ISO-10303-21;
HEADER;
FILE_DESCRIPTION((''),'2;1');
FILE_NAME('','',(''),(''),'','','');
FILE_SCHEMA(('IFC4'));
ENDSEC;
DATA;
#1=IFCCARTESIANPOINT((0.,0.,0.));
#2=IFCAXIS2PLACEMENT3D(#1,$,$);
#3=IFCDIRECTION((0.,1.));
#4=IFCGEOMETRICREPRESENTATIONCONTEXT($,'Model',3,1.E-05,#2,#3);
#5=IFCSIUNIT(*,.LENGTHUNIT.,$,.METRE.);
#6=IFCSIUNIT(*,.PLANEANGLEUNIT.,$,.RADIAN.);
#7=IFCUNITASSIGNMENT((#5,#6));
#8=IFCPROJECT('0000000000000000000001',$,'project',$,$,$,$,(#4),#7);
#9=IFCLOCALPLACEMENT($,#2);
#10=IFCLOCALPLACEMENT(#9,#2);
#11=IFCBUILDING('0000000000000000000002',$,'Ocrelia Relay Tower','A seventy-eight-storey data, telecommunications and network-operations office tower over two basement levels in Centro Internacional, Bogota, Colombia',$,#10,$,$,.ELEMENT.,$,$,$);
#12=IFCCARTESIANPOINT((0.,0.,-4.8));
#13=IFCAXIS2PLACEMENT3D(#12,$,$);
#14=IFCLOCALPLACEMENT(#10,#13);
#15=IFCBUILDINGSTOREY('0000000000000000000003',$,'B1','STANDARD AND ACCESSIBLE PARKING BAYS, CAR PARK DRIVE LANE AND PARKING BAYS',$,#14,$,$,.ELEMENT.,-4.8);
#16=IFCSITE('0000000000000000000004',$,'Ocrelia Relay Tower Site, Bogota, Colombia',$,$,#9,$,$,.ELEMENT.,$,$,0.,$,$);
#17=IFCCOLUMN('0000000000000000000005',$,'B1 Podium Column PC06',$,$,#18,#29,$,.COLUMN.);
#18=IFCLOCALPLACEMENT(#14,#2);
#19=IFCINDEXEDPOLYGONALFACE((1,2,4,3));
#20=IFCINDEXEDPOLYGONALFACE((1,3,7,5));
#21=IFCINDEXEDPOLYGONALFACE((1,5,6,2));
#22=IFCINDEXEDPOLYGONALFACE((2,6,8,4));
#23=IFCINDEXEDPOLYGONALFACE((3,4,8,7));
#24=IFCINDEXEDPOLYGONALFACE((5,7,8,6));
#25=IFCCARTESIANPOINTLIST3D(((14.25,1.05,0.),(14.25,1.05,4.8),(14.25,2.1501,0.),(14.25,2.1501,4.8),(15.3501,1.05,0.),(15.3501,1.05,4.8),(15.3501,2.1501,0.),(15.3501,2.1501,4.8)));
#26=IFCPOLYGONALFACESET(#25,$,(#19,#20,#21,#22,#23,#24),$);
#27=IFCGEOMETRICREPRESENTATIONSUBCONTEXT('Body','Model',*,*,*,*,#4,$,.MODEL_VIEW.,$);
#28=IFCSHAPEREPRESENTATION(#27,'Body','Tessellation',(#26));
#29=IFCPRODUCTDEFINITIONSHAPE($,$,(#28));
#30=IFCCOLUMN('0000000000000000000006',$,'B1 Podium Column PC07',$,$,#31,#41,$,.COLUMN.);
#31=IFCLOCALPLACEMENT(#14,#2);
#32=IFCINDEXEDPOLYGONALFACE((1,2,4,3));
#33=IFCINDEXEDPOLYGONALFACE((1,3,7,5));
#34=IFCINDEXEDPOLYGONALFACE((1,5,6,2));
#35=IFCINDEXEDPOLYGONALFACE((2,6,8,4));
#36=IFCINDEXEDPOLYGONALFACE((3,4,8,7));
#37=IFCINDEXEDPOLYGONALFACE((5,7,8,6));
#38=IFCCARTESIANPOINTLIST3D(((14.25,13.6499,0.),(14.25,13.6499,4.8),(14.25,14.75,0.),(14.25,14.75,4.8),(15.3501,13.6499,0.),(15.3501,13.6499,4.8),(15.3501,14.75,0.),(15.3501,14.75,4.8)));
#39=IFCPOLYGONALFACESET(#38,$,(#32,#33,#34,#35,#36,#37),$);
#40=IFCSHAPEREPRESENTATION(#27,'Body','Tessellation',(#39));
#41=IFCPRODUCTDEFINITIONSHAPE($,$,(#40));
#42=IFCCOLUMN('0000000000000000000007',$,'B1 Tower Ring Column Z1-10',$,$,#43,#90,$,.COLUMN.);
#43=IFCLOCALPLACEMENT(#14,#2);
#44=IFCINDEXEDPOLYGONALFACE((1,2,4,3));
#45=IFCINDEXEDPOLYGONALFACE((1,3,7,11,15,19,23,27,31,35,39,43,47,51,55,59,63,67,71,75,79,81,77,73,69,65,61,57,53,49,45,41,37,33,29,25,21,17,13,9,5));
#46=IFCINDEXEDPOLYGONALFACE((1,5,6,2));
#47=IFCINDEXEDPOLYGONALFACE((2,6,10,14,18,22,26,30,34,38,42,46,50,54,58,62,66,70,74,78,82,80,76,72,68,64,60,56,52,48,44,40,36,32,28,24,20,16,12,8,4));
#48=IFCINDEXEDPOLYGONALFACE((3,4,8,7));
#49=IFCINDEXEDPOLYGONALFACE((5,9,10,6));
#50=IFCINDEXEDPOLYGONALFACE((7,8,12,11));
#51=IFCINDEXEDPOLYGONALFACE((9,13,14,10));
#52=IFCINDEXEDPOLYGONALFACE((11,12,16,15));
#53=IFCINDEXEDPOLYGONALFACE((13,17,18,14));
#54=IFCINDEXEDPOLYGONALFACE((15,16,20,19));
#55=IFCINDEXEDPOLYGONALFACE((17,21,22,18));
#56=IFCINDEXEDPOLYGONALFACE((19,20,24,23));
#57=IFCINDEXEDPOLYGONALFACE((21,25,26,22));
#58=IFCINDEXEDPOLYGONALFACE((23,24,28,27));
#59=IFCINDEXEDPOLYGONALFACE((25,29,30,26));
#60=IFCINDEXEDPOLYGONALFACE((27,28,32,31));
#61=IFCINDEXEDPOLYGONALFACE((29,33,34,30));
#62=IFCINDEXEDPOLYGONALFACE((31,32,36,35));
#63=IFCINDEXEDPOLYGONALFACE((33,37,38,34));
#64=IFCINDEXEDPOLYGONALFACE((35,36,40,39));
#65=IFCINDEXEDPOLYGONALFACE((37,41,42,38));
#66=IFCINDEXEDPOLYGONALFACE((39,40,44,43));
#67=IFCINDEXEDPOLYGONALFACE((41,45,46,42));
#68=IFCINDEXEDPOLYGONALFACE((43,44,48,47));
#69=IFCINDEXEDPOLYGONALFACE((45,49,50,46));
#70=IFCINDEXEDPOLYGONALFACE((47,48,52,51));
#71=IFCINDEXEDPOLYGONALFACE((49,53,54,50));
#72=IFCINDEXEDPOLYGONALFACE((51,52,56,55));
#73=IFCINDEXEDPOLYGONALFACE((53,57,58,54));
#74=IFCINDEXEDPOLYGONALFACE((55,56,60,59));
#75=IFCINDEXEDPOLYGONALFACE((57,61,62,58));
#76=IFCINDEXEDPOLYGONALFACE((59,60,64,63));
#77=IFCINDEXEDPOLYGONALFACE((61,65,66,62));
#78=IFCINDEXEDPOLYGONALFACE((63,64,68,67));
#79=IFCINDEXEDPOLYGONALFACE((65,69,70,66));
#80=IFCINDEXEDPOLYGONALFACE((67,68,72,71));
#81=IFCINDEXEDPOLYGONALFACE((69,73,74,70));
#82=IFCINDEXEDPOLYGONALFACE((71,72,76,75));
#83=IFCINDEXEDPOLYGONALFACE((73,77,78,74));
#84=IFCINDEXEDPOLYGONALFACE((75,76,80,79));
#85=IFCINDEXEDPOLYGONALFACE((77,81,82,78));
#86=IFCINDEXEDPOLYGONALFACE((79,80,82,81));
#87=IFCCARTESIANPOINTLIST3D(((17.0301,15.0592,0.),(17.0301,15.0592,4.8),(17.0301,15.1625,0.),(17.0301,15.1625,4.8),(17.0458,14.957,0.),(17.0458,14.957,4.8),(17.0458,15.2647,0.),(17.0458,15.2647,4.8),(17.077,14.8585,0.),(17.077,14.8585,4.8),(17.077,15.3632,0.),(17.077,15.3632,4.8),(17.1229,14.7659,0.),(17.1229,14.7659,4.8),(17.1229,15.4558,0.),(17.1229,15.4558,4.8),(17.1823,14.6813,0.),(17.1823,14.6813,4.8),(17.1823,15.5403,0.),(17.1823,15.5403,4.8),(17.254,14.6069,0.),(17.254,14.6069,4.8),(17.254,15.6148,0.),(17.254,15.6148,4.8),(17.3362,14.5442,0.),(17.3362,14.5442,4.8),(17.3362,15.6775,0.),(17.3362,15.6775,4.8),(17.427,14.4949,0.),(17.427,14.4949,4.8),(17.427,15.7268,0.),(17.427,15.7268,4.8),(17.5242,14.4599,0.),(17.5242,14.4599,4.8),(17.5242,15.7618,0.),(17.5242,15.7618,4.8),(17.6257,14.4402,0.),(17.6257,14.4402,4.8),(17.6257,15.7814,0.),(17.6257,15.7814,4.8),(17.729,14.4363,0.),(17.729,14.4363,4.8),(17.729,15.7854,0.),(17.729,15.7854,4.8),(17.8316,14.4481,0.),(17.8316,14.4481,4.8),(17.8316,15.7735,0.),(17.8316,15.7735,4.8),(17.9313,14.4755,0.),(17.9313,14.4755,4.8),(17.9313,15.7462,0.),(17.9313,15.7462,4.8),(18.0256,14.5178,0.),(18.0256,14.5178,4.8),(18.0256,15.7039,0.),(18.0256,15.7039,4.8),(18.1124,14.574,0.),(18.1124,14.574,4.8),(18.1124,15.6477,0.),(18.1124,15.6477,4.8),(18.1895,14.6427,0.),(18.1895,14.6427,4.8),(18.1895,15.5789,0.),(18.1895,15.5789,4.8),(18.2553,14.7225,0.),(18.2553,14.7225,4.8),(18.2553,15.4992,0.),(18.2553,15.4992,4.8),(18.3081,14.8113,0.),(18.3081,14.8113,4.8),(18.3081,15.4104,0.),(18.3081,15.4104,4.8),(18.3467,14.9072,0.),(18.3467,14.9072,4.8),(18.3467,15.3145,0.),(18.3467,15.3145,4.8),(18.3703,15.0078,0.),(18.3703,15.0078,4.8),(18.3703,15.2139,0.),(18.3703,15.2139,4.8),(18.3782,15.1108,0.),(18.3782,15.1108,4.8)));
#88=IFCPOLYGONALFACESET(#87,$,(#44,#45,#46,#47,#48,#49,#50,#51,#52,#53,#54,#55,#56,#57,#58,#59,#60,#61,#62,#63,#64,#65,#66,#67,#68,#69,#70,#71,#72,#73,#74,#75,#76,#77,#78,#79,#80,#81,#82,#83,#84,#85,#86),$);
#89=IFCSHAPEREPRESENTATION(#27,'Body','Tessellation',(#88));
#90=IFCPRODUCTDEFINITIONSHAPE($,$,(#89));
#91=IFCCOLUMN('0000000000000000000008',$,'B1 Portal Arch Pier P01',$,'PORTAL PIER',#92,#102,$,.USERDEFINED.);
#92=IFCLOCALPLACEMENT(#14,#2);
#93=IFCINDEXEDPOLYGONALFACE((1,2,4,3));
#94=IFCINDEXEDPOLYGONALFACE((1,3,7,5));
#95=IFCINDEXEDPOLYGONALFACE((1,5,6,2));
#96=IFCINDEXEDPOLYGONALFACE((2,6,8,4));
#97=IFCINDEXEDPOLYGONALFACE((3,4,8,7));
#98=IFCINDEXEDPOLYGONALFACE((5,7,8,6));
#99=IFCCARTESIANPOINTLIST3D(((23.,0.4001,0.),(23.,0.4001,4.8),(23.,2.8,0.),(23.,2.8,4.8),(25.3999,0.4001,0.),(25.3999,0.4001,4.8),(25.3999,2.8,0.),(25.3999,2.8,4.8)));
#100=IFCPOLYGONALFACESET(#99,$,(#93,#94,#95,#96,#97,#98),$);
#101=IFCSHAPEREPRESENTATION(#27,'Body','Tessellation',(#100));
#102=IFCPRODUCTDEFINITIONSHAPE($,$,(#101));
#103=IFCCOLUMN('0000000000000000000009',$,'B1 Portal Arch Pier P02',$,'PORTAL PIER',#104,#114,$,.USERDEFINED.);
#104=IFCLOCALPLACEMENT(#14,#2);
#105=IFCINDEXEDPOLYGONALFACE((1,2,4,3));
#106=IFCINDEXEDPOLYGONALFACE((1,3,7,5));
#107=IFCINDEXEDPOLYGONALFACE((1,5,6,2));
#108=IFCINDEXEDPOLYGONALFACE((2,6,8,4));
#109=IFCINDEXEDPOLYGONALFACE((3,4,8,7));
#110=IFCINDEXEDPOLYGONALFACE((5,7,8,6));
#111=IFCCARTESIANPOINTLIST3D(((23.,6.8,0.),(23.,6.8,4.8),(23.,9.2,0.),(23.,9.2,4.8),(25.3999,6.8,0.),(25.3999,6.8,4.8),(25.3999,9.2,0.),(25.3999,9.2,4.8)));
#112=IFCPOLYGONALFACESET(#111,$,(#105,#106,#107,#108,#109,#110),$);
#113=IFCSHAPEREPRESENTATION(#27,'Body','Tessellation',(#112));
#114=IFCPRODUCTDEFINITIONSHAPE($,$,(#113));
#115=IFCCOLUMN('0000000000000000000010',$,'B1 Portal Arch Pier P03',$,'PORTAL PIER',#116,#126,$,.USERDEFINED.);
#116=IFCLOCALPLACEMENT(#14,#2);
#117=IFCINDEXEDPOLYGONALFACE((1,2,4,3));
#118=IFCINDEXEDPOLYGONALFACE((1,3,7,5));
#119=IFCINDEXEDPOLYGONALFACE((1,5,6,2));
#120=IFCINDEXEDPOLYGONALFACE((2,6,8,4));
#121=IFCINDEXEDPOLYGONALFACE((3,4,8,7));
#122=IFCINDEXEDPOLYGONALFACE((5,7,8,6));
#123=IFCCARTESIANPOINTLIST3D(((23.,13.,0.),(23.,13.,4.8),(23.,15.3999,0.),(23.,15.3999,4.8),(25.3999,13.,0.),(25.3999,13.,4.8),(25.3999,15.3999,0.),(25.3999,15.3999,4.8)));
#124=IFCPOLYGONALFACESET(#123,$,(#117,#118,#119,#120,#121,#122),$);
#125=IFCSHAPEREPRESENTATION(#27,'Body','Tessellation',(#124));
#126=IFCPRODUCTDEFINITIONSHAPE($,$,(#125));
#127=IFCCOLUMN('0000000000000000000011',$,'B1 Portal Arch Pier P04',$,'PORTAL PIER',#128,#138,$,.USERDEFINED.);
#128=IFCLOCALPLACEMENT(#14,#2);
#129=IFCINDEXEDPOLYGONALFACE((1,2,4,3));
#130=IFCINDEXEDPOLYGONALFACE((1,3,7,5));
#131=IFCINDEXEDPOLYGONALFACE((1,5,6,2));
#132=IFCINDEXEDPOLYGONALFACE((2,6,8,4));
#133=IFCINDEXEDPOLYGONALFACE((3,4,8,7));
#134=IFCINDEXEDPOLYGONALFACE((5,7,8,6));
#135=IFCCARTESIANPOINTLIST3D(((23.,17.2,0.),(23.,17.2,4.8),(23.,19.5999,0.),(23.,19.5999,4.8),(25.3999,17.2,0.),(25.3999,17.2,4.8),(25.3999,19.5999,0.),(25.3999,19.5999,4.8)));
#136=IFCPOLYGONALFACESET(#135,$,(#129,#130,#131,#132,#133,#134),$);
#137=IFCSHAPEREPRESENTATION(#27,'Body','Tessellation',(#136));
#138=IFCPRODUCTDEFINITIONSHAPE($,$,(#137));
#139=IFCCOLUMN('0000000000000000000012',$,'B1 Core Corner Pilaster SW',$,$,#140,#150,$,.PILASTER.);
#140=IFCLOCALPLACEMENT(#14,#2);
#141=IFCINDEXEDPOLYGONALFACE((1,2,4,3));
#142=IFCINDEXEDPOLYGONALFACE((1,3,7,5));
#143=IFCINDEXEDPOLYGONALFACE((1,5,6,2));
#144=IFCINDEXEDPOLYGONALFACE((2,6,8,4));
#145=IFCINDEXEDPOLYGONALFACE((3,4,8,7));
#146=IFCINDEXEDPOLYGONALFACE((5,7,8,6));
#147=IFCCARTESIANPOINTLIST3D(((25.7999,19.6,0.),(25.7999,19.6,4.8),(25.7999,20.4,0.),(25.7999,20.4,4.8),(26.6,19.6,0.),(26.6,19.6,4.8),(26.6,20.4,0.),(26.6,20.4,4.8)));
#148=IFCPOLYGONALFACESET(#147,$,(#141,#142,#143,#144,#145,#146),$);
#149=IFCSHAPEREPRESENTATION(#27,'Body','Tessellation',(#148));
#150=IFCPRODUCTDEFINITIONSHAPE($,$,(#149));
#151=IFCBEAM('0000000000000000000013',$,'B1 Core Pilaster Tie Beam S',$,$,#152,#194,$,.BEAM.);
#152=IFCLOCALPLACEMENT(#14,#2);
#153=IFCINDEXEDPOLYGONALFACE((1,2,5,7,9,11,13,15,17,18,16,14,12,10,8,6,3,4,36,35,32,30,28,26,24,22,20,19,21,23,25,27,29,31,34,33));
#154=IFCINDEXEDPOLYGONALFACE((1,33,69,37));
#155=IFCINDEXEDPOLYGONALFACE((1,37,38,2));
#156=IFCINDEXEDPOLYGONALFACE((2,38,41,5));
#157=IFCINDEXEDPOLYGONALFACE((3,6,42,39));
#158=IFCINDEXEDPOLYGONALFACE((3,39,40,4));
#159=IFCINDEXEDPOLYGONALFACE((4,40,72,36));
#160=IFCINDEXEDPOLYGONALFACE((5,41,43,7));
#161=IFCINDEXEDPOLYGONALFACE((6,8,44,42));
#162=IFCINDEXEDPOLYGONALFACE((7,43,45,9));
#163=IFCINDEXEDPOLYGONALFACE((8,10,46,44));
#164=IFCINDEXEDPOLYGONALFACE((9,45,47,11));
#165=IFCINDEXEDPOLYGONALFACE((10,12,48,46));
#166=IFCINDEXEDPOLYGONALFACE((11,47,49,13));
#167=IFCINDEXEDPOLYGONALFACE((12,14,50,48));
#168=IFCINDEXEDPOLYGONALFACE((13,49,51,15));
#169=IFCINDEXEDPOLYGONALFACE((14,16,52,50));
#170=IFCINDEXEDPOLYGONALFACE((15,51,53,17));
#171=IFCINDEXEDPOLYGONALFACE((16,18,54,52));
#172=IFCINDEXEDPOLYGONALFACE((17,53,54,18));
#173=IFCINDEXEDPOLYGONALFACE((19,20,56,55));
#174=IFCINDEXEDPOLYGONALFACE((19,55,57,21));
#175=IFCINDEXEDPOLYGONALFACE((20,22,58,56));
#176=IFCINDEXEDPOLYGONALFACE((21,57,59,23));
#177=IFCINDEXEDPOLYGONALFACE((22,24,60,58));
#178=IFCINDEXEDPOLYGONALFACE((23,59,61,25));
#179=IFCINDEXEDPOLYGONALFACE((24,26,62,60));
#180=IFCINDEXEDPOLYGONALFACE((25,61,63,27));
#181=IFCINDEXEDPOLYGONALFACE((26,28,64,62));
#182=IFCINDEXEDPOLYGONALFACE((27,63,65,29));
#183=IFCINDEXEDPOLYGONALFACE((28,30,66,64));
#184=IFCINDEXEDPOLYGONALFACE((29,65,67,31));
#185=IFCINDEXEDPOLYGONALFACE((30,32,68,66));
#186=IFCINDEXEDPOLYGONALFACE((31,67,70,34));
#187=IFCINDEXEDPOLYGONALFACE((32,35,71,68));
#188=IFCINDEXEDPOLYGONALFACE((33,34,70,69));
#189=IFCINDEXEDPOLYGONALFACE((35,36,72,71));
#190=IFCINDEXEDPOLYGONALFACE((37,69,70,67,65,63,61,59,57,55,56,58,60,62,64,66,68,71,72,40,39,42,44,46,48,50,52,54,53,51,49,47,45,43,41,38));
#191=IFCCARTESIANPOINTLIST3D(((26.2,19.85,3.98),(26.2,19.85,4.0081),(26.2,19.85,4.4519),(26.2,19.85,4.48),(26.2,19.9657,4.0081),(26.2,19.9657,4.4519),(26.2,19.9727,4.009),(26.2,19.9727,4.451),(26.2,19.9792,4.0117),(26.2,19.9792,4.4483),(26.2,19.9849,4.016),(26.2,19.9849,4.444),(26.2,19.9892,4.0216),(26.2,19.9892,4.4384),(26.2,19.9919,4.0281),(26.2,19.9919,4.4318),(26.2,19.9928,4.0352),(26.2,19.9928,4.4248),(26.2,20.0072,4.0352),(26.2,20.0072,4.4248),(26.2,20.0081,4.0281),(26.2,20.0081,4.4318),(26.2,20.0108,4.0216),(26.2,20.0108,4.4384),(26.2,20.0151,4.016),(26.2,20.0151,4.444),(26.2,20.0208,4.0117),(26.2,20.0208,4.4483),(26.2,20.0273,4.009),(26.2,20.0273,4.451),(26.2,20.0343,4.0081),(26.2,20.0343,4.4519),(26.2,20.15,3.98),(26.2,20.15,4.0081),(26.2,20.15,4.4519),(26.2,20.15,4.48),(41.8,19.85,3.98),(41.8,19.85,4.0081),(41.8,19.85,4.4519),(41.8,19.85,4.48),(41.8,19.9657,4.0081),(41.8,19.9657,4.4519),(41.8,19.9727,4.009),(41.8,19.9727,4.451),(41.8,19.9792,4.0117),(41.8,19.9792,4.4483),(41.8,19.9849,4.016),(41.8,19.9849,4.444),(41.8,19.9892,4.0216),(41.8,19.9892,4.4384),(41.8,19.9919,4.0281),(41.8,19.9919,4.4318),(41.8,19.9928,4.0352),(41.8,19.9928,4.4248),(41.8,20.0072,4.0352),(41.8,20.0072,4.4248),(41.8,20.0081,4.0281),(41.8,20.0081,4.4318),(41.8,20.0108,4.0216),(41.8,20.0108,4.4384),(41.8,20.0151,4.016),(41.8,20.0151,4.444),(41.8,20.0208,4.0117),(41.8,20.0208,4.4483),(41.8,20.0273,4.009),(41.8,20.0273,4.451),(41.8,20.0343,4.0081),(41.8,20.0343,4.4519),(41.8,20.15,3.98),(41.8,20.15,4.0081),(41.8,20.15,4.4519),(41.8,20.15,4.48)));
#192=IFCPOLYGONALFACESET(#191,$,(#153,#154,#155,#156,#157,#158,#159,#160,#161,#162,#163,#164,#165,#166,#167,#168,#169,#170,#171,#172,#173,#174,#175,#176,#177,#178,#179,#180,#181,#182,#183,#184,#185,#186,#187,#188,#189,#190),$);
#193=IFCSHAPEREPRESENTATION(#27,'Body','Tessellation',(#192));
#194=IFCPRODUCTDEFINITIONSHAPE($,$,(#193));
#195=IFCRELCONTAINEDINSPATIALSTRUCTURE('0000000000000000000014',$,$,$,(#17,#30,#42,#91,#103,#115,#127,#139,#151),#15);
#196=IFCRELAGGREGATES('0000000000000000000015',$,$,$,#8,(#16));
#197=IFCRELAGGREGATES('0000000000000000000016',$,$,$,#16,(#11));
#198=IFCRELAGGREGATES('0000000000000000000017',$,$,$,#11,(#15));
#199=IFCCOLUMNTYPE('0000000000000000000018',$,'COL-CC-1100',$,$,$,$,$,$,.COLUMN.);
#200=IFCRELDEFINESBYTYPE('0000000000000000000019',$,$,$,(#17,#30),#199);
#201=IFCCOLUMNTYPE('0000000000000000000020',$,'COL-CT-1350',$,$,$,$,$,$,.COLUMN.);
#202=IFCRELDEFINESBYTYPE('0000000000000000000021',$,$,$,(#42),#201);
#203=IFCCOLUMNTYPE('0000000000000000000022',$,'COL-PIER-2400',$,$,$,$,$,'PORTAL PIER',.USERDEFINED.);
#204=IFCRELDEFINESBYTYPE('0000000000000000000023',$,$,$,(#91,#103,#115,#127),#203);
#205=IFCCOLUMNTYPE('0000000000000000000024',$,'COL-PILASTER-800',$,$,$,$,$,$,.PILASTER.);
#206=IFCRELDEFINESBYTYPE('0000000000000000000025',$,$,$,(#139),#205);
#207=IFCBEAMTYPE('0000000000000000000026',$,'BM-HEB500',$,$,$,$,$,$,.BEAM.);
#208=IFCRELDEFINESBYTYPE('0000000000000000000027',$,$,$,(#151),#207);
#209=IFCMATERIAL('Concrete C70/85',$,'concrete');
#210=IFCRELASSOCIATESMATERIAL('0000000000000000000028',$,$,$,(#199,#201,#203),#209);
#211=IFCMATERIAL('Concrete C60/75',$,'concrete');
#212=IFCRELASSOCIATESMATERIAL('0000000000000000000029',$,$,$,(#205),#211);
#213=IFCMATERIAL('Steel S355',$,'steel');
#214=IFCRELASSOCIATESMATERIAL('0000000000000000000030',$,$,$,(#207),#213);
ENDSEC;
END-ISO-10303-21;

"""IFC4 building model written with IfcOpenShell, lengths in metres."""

from ifc_helpers import new_model, si_unit, direction, frame, origin, origin_2d, place, context, subcontext, project, spatial, rectangle, circle, i_section, extrude, material, material_profile, profile_set, type_object, element, save


model = new_model("IFC4")

# Units and contexts
model_context = context("Model", 3, precision=1e-05, world=origin(), true_north=direction((0.0, 1.0)))
body_context = subcontext(model_context, "Body", "Model", "MODEL_VIEW")
ifc_project = project(units=[si_unit("LENGTHUNIT", "METRE"), si_unit("PLANEANGLEUNIT", "RADIAN")], contexts=[model_context])

# Site, building, storey
site_placement = place(None, origin())
site = spatial("IfcSite", under=ifc_project, at=site_placement, Name="Ocrelia Relay Tower Site, Bogota, Colombia", CompositionType="ELEMENT", RefElevation=0.0)
building_placement = place(site_placement, origin())
building = spatial("IfcBuilding", under=site, at=building_placement, Name="Ocrelia Relay Tower", Description="A seventy-eight-storey data, telecommunications and network-operations office tower over two basement levels in Centro Internacional, Bogota, Colombia", CompositionType="ELEMENT")
storey_placement = place(building_placement, frame((0.0, 0.0, -4.8)))
storey = spatial("IfcBuildingStorey", under=building, at=storey_placement, Name="B1", Description="STANDARD AND ACCESSIBLE PARKING BAYS, CAR PARK DRIVE LANE AND PARKING BAYS", CompositionType="ELEMENT", Elevation=-4.8)

# Columns
ifc_material_1 = material(Name="Concrete C70/85", Category="concrete")
ifc_material_profile_1 = material_profile(ifc_material_1, rectangle(XDim=1.1001, YDim=1.1001, at=origin_2d()), Name="RC-COL-1100x1100")
ifc_profile_set_1 = profile_set([ifc_material_profile_1], Name="Concrete C70/85")
column_type_1 = type_object("IfcColumnType", Name="COL-CC-1100", PredefinedType="COLUMN", material=ifc_profile_set_1)
for number, where, z_axis, x_axis, name in (
    (1, (14.8, 1.6001, 0.0), (0.0, 0.0, 1.0), (1.0, 0.0, 0.0), "B1 Podium Column PC06"),
    (2, (14.8, 14.2, 0.0), (0.0, 0.0, 1.0), (1.0, 0.0, 0.0), "B1 Podium Column PC07"),
):
    element("IfcColumn", number, at=place(storey_placement, frame(where, z_axis=z_axis, x_axis=x_axis)), inside=storey, type_object=column_type_1, Name=name, PredefinedType="COLUMN", context=body_context, shape_type="SweptSolid", body=[
        extrude(rectangle(XDim=1.1001, YDim=1.1001, at=origin_2d()), origin(), (0.0, 0.0, 1.0), 4.8),
    ])
ifc_material_profile_2 = material_profile(ifc_material_1, circle(Radius=0.675, at=origin_2d()), Name="RC-CIR-1350")
ifc_profile_set_2 = profile_set([ifc_material_profile_2], Name="Concrete C70/85")
column_type_2 = type_object("IfcColumnType", Name="COL-CT-1350", PredefinedType="COLUMN", material=ifc_profile_set_2)
column_1_placement = place(storey_placement, frame((17.7031, 15.1108, 0.0), z_axis=(0.0, 0.0, 1.0), x_axis=(1.0, 0.0, 0.0)))
element("IfcColumn", 3, at=column_1_placement, inside=storey, type_object=column_type_2, Name="B1 Tower Ring Column Z1-10", PredefinedType="COLUMN", context=body_context, shape_type="SweptSolid", body=[
    extrude(circle(Radius=0.675, at=origin_2d()), origin(), (0.0, 0.0, 1.0), 4.8),
])
ifc_material_profile_3 = material_profile(ifc_material_1, rectangle(XDim=2.3999, YDim=2.3999, at=origin_2d()), Name="RC-PIER-2400x2400")
ifc_profile_set_3 = profile_set([ifc_material_profile_3], Name="Concrete C70/85")
column_type_3 = type_object("IfcColumnType", Name="COL-PIER-2400", ElementType="PORTAL PIER", PredefinedType="USERDEFINED", material=ifc_profile_set_3)
for number, where, z_axis, x_axis, name in (
    (4, (24.2, 1.6001, 0.0), (0.0, 0.0, 1.0), (1.0, 0.0, 0.0), "B1 Portal Arch Pier P01"),
    (5, (24.2, 8.0, 0.0), (0.0, 0.0, 1.0), (1.0, 0.0, 0.0), "B1 Portal Arch Pier P02"),
    (6, (24.2, 14.2, 0.0), (0.0, 0.0, 1.0), (1.0, 0.0, 0.0), "B1 Portal Arch Pier P03"),
    (7, (24.2, 18.3999, 0.0), (0.0, 0.0, 1.0), (1.0, 0.0, 0.0), "B1 Portal Arch Pier P04"),
):
    element("IfcColumn", number, at=place(storey_placement, frame(where, z_axis=z_axis, x_axis=x_axis)), inside=storey, type_object=column_type_3, Name=name, ObjectType="PORTAL PIER", PredefinedType="USERDEFINED", context=body_context, shape_type="SweptSolid", body=[
        extrude(rectangle(XDim=2.3999, YDim=2.3999, at=origin_2d()), origin(), (0.0, 0.0, 1.0), 4.8),
    ])
ifc_material_2 = material(Name="Concrete C60/75", Category="concrete")
ifc_material_profile_4 = material_profile(ifc_material_2, rectangle(XDim=0.8, YDim=0.8, at=origin_2d()), Name="RC-COL-800x800")
ifc_profile_set_4 = profile_set([ifc_material_profile_4], Name="Concrete C60/75")
column_type_4 = type_object("IfcColumnType", Name="COL-PILASTER-800", PredefinedType="PILASTER", material=ifc_profile_set_4)
column_2_placement = place(storey_placement, frame((26.2, 20.0, 0.0), z_axis=(0.0, 0.0, 1.0), x_axis=(1.0, 0.0, 0.0)))
element("IfcColumn", 8, at=column_2_placement, inside=storey, type_object=column_type_4, Name="B1 Core Corner Pilaster SW", PredefinedType="PILASTER", context=body_context, shape_type="SweptSolid", body=[
    extrude(rectangle(XDim=0.8, YDim=0.8, at=origin_2d()), origin(), (0.0, 0.0, 1.0), 4.8),
])

# Beam
ifc_material_3 = material(Name="Steel S355", Category="steel")
ifc_material_profile_5 = material_profile(ifc_material_3, i_section(OverallWidth=0.3, OverallDepth=0.5, WebThickness=0.0144, FlangeThickness=0.0281, FilletRadius=0.0271, at=origin_2d()), Name="HEB 500")
ifc_profile_set_5 = profile_set([ifc_material_profile_5], Name="Steel S355")
beam_type_1 = type_object("IfcBeamType", Name="BM-HEB500", PredefinedType="BEAM", material=ifc_profile_set_5)
beam_1_placement = place(storey_placement, frame((26.2, 20.0, 4.23), z_axis=(1.0, 0.0, 0.0), x_axis=(0.0, 1.0, 0.0)))
element("IfcBeam", 9, at=beam_1_placement, inside=storey, type_object=beam_type_1, Name="B1 Core Pilaster Tie Beam S", PredefinedType="BEAM", context=body_context, shape_type="SweptSolid", body=[
    extrude(i_section(OverallWidth=0.3, OverallDepth=0.5, WebThickness=0.0144, FlangeThickness=0.0281, FilletRadius=0.0271, at=origin_2d()), origin(), (0.0, 0.0, 1.0), 15.6001),
])

save(model, "model.ifc")
